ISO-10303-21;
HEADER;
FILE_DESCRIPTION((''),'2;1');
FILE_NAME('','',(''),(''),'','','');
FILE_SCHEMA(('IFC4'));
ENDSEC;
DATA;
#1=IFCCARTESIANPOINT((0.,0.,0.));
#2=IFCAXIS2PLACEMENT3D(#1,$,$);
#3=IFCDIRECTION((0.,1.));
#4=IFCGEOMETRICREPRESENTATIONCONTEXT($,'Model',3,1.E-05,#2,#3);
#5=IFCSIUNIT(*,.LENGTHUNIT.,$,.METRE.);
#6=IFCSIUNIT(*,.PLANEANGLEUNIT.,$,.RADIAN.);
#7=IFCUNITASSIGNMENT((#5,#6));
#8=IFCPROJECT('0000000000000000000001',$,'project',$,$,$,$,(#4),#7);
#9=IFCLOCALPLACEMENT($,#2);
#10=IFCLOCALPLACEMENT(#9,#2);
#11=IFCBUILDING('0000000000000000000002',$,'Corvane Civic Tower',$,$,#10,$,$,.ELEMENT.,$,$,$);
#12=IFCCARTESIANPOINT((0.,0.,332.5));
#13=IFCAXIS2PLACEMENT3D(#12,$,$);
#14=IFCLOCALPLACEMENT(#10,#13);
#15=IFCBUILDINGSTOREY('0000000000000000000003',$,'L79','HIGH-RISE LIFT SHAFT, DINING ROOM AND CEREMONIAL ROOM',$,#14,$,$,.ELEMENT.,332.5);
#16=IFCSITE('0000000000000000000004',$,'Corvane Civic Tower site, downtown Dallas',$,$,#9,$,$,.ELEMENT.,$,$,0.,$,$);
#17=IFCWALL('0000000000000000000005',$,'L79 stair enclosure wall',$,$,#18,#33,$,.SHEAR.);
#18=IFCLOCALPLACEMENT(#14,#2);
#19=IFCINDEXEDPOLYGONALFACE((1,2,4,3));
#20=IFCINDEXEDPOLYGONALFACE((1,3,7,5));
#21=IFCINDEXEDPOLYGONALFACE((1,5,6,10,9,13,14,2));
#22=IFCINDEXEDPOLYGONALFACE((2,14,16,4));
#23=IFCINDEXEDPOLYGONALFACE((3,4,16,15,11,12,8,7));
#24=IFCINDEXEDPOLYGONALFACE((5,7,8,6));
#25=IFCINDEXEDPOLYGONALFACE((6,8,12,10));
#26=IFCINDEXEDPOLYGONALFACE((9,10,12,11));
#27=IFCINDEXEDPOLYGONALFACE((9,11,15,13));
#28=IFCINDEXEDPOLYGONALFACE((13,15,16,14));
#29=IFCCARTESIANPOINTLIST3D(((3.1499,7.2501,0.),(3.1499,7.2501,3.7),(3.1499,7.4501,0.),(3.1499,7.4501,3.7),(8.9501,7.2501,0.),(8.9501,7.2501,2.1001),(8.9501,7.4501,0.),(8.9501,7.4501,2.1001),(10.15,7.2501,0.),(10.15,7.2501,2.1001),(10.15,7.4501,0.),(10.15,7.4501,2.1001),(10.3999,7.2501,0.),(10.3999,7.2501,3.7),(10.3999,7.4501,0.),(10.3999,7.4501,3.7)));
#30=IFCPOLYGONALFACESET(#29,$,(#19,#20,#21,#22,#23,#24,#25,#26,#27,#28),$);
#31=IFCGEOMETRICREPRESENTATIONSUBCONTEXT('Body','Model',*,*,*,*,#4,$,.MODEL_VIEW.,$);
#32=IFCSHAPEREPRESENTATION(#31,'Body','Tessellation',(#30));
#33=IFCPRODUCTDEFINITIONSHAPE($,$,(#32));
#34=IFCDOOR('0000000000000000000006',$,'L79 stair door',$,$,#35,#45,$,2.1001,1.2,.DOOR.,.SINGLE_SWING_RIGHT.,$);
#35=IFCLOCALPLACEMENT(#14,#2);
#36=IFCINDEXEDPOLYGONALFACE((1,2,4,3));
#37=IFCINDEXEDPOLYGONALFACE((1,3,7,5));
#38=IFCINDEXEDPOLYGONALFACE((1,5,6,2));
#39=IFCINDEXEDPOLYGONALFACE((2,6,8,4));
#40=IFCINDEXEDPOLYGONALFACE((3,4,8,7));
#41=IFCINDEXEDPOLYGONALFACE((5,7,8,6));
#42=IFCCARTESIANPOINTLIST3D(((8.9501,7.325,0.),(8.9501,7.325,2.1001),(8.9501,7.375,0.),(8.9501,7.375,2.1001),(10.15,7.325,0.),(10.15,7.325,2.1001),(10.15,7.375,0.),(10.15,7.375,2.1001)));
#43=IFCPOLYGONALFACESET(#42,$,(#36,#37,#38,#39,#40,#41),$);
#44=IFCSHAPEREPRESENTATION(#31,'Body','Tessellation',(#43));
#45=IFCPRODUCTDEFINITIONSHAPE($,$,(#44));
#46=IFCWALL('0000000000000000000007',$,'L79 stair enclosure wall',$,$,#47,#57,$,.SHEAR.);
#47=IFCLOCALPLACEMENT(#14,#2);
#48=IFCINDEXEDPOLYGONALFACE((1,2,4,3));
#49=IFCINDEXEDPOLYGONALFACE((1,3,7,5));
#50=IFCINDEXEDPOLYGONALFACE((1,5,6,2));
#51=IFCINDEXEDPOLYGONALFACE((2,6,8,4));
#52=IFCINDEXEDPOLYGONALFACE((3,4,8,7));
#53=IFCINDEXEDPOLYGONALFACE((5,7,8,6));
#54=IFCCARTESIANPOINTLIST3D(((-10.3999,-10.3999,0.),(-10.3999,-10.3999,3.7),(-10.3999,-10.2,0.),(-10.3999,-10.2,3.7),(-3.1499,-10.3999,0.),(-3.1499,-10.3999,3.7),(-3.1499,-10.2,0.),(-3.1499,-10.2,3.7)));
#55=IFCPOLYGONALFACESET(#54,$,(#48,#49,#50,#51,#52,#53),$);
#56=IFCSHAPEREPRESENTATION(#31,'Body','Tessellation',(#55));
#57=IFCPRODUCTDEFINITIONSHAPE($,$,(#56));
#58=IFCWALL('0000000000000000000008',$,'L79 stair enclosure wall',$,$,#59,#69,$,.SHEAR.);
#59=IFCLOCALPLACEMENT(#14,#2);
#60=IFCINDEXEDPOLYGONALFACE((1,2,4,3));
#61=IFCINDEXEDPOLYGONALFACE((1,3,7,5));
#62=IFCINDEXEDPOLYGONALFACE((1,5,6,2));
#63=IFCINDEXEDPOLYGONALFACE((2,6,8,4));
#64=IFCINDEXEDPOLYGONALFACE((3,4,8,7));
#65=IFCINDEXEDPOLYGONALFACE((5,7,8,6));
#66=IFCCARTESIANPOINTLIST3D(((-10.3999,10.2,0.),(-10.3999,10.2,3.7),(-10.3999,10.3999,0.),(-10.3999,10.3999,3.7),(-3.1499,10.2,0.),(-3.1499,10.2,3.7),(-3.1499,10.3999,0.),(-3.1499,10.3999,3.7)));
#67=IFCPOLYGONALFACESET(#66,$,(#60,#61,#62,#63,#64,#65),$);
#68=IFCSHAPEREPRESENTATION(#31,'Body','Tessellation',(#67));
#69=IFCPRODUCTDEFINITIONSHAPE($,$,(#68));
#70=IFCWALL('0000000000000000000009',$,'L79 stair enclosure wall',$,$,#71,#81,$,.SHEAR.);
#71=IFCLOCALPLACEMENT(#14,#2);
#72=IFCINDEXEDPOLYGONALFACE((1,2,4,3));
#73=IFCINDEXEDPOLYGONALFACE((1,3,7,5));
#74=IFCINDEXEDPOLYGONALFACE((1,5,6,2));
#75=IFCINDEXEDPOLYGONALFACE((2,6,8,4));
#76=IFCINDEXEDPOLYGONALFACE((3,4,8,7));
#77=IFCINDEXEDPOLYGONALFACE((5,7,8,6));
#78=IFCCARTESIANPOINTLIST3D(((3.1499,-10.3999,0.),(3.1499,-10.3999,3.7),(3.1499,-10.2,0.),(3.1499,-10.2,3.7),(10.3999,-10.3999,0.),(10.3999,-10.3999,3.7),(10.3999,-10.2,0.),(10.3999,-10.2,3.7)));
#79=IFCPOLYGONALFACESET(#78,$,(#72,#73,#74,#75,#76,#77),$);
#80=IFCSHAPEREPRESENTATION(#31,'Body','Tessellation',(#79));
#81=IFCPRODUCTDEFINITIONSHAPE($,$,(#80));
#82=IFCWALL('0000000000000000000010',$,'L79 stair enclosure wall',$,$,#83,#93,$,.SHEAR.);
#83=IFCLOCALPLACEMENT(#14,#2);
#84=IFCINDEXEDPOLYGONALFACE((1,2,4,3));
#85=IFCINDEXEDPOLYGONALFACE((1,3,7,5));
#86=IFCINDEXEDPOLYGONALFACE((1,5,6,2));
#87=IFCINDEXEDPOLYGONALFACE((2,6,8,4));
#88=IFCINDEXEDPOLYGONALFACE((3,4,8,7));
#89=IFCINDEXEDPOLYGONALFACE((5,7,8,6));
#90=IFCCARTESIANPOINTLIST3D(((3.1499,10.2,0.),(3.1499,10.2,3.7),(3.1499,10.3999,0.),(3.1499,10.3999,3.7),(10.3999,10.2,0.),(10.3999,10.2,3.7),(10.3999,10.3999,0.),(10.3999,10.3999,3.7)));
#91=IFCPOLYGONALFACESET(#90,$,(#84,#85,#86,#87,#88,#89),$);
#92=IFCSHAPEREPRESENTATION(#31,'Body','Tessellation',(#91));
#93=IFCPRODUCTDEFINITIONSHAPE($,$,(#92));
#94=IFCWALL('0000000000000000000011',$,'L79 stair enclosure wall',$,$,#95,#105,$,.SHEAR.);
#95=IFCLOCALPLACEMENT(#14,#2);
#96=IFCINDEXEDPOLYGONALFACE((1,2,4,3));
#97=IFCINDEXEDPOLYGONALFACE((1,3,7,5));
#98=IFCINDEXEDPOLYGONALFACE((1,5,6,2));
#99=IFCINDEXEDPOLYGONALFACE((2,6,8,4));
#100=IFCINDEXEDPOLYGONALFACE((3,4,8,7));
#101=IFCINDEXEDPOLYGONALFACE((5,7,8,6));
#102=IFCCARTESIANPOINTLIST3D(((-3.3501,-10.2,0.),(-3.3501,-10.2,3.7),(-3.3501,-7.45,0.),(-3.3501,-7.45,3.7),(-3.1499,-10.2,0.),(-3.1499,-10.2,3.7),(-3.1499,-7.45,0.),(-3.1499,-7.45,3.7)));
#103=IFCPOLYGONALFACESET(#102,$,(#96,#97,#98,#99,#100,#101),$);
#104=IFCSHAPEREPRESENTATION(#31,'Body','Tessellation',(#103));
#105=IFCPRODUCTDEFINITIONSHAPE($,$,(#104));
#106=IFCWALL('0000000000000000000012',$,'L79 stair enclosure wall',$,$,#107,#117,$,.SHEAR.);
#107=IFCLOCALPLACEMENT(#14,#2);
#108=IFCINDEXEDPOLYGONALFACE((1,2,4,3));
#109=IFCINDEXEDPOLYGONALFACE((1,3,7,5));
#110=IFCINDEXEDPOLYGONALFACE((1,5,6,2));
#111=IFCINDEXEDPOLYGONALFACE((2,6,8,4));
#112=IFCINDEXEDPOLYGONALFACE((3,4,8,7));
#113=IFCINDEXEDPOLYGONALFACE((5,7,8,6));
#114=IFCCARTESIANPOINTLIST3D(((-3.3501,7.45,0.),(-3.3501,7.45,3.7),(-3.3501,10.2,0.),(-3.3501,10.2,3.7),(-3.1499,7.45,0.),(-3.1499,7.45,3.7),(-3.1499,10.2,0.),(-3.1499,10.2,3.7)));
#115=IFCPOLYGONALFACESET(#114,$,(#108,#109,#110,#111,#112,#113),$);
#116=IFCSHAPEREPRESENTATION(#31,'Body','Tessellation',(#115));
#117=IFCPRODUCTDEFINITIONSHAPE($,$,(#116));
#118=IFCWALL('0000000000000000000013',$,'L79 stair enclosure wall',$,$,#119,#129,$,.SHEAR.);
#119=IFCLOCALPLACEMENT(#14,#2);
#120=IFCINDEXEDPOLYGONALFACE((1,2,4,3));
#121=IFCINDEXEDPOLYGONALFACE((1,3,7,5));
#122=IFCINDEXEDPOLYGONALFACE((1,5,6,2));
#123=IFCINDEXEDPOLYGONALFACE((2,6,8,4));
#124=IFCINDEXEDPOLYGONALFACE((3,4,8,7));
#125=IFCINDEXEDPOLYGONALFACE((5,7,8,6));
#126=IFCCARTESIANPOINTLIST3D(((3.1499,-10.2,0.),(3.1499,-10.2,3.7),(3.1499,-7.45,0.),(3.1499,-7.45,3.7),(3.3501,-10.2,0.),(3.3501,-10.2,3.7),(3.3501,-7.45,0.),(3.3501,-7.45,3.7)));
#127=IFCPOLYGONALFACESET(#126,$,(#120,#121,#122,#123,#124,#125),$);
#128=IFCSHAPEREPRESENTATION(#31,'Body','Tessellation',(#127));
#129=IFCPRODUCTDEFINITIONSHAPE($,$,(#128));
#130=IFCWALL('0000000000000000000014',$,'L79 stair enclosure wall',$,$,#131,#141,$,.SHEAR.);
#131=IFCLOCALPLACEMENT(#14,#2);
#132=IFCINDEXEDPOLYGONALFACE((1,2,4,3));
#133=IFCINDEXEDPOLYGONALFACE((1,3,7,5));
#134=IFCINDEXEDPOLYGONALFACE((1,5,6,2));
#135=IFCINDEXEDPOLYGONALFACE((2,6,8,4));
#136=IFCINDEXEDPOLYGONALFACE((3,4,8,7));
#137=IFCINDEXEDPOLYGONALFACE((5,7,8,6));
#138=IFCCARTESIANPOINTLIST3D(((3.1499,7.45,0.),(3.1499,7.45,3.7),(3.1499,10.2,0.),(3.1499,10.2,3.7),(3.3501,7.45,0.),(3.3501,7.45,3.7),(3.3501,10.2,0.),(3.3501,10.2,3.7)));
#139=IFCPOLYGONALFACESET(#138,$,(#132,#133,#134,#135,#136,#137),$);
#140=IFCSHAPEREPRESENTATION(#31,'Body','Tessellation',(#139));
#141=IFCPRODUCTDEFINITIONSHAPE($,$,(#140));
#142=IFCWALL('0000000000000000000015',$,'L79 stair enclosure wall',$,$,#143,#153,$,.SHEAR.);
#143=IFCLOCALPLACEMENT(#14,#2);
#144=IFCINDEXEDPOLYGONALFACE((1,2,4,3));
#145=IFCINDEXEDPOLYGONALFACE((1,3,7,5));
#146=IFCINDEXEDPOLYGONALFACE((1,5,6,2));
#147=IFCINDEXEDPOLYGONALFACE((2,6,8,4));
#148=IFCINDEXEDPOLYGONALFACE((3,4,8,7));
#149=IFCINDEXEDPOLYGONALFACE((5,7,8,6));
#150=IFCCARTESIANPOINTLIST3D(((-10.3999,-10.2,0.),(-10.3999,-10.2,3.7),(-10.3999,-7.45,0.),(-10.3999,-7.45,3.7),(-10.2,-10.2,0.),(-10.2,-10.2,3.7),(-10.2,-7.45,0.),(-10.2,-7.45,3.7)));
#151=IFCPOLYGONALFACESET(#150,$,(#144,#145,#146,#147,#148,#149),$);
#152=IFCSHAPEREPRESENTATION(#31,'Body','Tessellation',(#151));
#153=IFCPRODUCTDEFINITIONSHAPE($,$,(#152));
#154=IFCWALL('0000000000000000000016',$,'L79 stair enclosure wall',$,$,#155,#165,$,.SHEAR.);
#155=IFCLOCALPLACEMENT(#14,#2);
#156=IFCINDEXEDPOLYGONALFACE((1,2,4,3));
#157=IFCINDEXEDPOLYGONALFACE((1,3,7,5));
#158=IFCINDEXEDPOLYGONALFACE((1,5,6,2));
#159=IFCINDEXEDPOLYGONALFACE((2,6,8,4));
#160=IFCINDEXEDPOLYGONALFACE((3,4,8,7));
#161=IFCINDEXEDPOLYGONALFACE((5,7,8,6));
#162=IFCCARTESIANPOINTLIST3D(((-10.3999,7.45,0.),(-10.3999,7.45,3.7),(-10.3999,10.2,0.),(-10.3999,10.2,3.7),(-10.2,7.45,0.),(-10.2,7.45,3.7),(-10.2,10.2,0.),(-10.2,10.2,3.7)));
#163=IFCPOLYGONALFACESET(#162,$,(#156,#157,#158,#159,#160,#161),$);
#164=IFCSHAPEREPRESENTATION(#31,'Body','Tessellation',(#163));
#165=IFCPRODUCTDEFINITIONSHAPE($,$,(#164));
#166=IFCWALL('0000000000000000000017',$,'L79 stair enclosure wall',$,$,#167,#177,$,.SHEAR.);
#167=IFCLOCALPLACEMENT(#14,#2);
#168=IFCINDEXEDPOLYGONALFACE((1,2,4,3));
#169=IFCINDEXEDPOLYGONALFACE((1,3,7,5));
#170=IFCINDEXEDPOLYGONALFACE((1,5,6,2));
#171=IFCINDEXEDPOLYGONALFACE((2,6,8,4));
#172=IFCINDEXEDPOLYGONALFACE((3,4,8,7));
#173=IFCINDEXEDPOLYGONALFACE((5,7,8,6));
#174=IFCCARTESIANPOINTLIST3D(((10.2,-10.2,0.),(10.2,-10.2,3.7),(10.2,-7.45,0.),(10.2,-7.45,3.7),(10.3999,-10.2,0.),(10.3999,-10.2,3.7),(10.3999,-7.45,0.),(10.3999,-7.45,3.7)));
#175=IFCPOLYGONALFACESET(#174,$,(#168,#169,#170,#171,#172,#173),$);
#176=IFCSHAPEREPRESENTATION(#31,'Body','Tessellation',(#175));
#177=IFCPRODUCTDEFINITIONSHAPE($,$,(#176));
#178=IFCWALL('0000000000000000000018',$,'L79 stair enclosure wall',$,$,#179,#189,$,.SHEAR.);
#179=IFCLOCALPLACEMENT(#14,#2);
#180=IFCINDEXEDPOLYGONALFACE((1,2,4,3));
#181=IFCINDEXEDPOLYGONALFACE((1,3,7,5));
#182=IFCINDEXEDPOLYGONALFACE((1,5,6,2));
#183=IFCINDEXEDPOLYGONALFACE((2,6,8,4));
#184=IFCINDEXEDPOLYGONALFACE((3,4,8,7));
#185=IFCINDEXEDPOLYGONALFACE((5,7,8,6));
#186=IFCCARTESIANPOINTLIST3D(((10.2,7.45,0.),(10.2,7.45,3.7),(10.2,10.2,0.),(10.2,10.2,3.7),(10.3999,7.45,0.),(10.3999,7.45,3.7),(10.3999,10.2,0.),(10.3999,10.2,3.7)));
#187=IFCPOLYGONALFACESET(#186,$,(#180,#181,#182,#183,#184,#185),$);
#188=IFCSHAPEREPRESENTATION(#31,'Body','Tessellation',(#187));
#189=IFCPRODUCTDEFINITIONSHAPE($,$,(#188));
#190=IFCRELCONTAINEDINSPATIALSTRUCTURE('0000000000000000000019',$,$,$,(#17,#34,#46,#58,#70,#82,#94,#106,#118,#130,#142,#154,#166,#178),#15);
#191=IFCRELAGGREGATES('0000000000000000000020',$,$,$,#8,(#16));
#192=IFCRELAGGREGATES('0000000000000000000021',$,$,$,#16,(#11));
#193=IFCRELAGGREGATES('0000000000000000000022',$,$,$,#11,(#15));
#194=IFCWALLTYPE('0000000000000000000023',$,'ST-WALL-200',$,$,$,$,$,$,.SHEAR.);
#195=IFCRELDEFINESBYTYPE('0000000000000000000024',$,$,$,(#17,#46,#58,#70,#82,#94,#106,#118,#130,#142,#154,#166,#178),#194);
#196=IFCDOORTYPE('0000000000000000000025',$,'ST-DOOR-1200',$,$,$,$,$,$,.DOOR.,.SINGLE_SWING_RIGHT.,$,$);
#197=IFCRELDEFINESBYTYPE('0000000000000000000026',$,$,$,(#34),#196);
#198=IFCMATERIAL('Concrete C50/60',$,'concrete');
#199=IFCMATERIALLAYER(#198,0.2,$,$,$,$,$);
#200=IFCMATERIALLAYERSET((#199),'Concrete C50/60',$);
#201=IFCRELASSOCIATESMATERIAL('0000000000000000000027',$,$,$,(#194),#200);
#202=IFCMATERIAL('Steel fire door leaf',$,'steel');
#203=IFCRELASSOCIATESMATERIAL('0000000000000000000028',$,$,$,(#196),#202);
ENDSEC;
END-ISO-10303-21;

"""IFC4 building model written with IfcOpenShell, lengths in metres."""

from ifc_helpers import new_model, si_unit, direction, frame, frame_2d, origin, place, context, subcontext, project, spatial, polyline, rectangle, outline, extrude, material, layer, layer_set, type_object, element, fill, save


model = new_model("IFC4")

# Units and contexts
model_context = context("Model", 3, precision=1e-05, world=origin(), true_north=direction((0.0, 1.0)))
body_context = subcontext(model_context, "Body", "Model", "MODEL_VIEW")
ifc_project = project(units=[si_unit("LENGTHUNIT", "METRE"), si_unit("PLANEANGLEUNIT", "RADIAN")], contexts=[model_context])

# Site, building, storey
site_placement = place(None, origin())
site = spatial("IfcSite", under=ifc_project, at=site_placement, Name="Corvane Civic Tower site, downtown Dallas", CompositionType="ELEMENT", RefElevation=0.0)
building_placement = place(site_placement, origin())
building = spatial("IfcBuilding", under=site, at=building_placement, Name="Corvane Civic Tower", CompositionType="ELEMENT")
storey_placement = place(building_placement, frame((0.0, 0.0, 332.5)))
storey = spatial("IfcBuildingStorey", under=building, at=storey_placement, Name="L79", Description="HIGH-RISE LIFT SHAFT, DINING ROOM AND CEREMONIAL ROOM", CompositionType="ELEMENT", Elevation=332.5)

# Wall, opening, door
ifc_material_1 = material(Name="Concrete C50/60", Category="concrete")
ifc_layer_1 = layer(ifc_material_1, 0.2)
ifc_layer_set_1 = layer_set([ifc_layer_1], Name="Concrete C50/60")
wall_type_1 = type_object("IfcWallType", Name="ST-WALL-200", PredefinedType="SHEAR", material=ifc_layer_set_1)
wall_1_placement = place(storey_placement, frame((3.1499, 7.3501, 0.0), z_axis=(0.0, 0.0, 1.0), x_axis=(1.0, 0.0, 0.0)))
wall_1 = element("IfcWall", 1, at=wall_1_placement, inside=storey, type_object=wall_type_1, Name="L79 stair enclosure wall", PredefinedType="SHEAR", context=body_context, shape_type="SweptSolid", body=[
    extrude(rectangle(XDim=7.25, YDim=0.2, at=frame_2d((3.625, 0.0))), origin(), (0.0, 0.0, 1.0), 3.7),
])
opening_1_placement = place(wall_1_placement, frame((5.8, 0.0, 0.0)))
opening_1 = element("IfcOpeningElement", 2, at=opening_1_placement, cuts=wall_1, PredefinedType="OPENING", context=body_context, shape_type="SweptSolid", body=[
    extrude(rectangle(XDim=1.2, YDim=2.1001, at=frame_2d((0.6001, 1.05))), frame((0.0, 0.1099, 0.0), z_axis=(0.0, -1.0, 0.0), x_axis=(1.0, 0.0, 0.0)), (0.0, 0.0, 1.0), 0.22),
])
ifc_material_2 = material(Name="Steel fire door leaf", Category="steel")
door_type_1 = type_object("IfcDoorType", Name="ST-DOOR-1200", OperationType="SINGLE_SWING_RIGHT", PredefinedType="DOOR", material=ifc_material_2)
door_1_placement = place(opening_1_placement, origin())
door_1 = element("IfcDoor", 3, at=door_1_placement, inside=storey, type_object=door_type_1, Name="L79 stair door", OperationType="SINGLE_SWING_RIGHT", OverallHeight=2.1001, OverallWidth=1.2, PredefinedType="DOOR", context=body_context, shape_type="SweptSolid", body=[
    extrude(rectangle(XDim=1.2, YDim=2.1001, at=frame_2d((0.6001, 1.05))), frame((0.0, 0.0249, 0.0), z_axis=(0.0, -1.0, 0.0), x_axis=(1.0, 0.0, 0.0)), (0.0, 0.0, 1.0), 0.05),
])
fill(opening_1, door_1)

# Walls
wall_2_placement = place(storey_placement, origin())
element("IfcWall", 4, at=wall_2_placement, inside=storey, type_object=wall_type_1, Name="L79 stair enclosure wall", PredefinedType="SHEAR", context=body_context, shape_type="SweptSolid", body=[
    extrude(outline(polyline([(-3.1499, -10.2), (-3.1499, -10.3999), (-10.3999, -10.3999), (-10.3999, -10.2), (-3.1499, -10.2)])), origin(), (0.0, 0.0, 1.0), 3.7),
])
wall_3_placement = place(storey_placement, origin())
element("IfcWall", 5, at=wall_3_placement, inside=storey, type_object=wall_type_1, Name="L79 stair enclosure wall", PredefinedType="SHEAR", context=body_context, shape_type="SweptSolid", body=[
    extrude(outline(polyline([(-3.1499, 10.2), (-10.3999, 10.2), (-10.3999, 10.3999), (-3.1499, 10.3999), (-3.1499, 10.2)])), origin(), (0.0, 0.0, 1.0), 3.7),
])
wall_4_placement = place(storey_placement, origin())
element("IfcWall", 6, at=wall_4_placement, inside=storey, type_object=wall_type_1, Name="L79 stair enclosure wall", PredefinedType="SHEAR", context=body_context, shape_type="SweptSolid", body=[
    extrude(outline(polyline([(10.3999, -10.3999), (3.1499, -10.3999), (3.1499, -10.2), (10.3999, -10.2), (10.3999, -10.3999)])), origin(), (0.0, 0.0, 1.0), 3.7),
])
wall_5_placement = place(storey_placement, origin())
element("IfcWall", 7, at=wall_5_placement, inside=storey, type_object=wall_type_1, Name="L79 stair enclosure wall", PredefinedType="SHEAR", context=body_context, shape_type="SweptSolid", body=[
    extrude(outline(polyline([(10.3999, 10.2), (3.1499, 10.2), (3.1499, 10.3999), (10.3999, 10.3999), (10.3999, 10.2)])), origin(), (0.0, 0.0, 1.0), 3.7),
])
wall_6_placement = place(storey_placement, origin())
element("IfcWall", 8, at=wall_6_placement, inside=storey, type_object=wall_type_1, Name="L79 stair enclosure wall", PredefinedType="SHEAR", context=body_context, shape_type="SweptSolid", body=[
    extrude(outline(polyline([(-3.1499, -7.45), (-3.1499, -10.2), (-3.3501, -10.2), (-3.3501, -7.45), (-3.1499, -7.45)])), origin(), (0.0, 0.0, 1.0), 3.7),
])
wall_7_placement = place(storey_placement, origin())
element("IfcWall", 9, at=wall_7_placement, inside=storey, type_object=wall_type_1, Name="L79 stair enclosure wall", PredefinedType="SHEAR", context=body_context, shape_type="SweptSolid", body=[
    extrude(outline(polyline([(-3.1499, 7.45), (-3.3501, 7.45), (-3.3501, 10.2), (-3.1499, 10.2), (-3.1499, 7.45)])), origin(), (0.0, 0.0, 1.0), 3.7),
])
wall_8_placement = place(storey_placement, origin())
element("IfcWall", 10, at=wall_8_placement, inside=storey, type_object=wall_type_1, Name="L79 stair enclosure wall", PredefinedType="SHEAR", context=body_context, shape_type="SweptSolid", body=[
    extrude(outline(polyline([(3.3501, -7.45), (3.3501, -10.2), (3.1499, -10.2), (3.1499, -7.45), (3.3501, -7.45)])), origin(), (0.0, 0.0, 1.0), 3.7),
])
wall_9_placement = place(storey_placement, origin())
element("IfcWall", 11, at=wall_9_placement, inside=storey, type_object=wall_type_1, Name="L79 stair enclosure wall", PredefinedType="SHEAR", context=body_context, shape_type="SweptSolid", body=[
    extrude(outline(polyline([(3.3501, 7.45), (3.1499, 7.45), (3.1499, 10.2), (3.3501, 10.2), (3.3501, 7.45)])), origin(), (0.0, 0.0, 1.0), 3.7),
])
wall_10_placement = place(storey_placement, origin())
element("IfcWall", 12, at=wall_10_placement, inside=storey, type_object=wall_type_1, Name="L79 stair enclosure wall", PredefinedType="SHEAR", context=body_context, shape_type="SweptSolid", body=[
    extrude(outline(polyline([(-10.2, -7.45), (-10.2, -10.2), (-10.3999, -10.2), (-10.3999, -7.45), (-10.2, -7.45)])), origin(), (0.0, 0.0, 1.0), 3.7),
])
wall_11_placement = place(storey_placement, origin())
element("IfcWall", 13, at=wall_11_placement, inside=storey, type_object=wall_type_1, Name="L79 stair enclosure wall", PredefinedType="SHEAR", context=body_context, shape_type="SweptSolid", body=[
    extrude(outline(polyline([(-10.2, 7.45), (-10.3999, 7.45), (-10.3999, 10.2), (-10.2, 10.2), (-10.2, 7.45)])), origin(), (0.0, 0.0, 1.0), 3.7),
])
wall_12_placement = place(storey_placement, origin())
element("IfcWall", 14, at=wall_12_placement, inside=storey, type_object=wall_type_1, Name="L79 stair enclosure wall", PredefinedType="SHEAR", context=body_context, shape_type="SweptSolid", body=[
    extrude(outline(polyline([(10.3999, -7.45), (10.3999, -10.2), (10.2, -10.2), (10.2, -7.45), (10.3999, -7.45)])), origin(), (0.0, 0.0, 1.0), 3.7),
])
wall_13_placement = place(storey_placement, origin())
element("IfcWall", 15, at=wall_13_placement, inside=storey, type_object=wall_type_1, Name="L79 stair enclosure wall", PredefinedType="SHEAR", context=body_context, shape_type="SweptSolid", body=[
    extrude(outline(polyline([(10.3999, 7.45), (10.2, 7.45), (10.2, 10.2), (10.3999, 10.2), (10.3999, 7.45)])), origin(), (0.0, 0.0, 1.0), 3.7),
])

save(model, "model.ifc")
